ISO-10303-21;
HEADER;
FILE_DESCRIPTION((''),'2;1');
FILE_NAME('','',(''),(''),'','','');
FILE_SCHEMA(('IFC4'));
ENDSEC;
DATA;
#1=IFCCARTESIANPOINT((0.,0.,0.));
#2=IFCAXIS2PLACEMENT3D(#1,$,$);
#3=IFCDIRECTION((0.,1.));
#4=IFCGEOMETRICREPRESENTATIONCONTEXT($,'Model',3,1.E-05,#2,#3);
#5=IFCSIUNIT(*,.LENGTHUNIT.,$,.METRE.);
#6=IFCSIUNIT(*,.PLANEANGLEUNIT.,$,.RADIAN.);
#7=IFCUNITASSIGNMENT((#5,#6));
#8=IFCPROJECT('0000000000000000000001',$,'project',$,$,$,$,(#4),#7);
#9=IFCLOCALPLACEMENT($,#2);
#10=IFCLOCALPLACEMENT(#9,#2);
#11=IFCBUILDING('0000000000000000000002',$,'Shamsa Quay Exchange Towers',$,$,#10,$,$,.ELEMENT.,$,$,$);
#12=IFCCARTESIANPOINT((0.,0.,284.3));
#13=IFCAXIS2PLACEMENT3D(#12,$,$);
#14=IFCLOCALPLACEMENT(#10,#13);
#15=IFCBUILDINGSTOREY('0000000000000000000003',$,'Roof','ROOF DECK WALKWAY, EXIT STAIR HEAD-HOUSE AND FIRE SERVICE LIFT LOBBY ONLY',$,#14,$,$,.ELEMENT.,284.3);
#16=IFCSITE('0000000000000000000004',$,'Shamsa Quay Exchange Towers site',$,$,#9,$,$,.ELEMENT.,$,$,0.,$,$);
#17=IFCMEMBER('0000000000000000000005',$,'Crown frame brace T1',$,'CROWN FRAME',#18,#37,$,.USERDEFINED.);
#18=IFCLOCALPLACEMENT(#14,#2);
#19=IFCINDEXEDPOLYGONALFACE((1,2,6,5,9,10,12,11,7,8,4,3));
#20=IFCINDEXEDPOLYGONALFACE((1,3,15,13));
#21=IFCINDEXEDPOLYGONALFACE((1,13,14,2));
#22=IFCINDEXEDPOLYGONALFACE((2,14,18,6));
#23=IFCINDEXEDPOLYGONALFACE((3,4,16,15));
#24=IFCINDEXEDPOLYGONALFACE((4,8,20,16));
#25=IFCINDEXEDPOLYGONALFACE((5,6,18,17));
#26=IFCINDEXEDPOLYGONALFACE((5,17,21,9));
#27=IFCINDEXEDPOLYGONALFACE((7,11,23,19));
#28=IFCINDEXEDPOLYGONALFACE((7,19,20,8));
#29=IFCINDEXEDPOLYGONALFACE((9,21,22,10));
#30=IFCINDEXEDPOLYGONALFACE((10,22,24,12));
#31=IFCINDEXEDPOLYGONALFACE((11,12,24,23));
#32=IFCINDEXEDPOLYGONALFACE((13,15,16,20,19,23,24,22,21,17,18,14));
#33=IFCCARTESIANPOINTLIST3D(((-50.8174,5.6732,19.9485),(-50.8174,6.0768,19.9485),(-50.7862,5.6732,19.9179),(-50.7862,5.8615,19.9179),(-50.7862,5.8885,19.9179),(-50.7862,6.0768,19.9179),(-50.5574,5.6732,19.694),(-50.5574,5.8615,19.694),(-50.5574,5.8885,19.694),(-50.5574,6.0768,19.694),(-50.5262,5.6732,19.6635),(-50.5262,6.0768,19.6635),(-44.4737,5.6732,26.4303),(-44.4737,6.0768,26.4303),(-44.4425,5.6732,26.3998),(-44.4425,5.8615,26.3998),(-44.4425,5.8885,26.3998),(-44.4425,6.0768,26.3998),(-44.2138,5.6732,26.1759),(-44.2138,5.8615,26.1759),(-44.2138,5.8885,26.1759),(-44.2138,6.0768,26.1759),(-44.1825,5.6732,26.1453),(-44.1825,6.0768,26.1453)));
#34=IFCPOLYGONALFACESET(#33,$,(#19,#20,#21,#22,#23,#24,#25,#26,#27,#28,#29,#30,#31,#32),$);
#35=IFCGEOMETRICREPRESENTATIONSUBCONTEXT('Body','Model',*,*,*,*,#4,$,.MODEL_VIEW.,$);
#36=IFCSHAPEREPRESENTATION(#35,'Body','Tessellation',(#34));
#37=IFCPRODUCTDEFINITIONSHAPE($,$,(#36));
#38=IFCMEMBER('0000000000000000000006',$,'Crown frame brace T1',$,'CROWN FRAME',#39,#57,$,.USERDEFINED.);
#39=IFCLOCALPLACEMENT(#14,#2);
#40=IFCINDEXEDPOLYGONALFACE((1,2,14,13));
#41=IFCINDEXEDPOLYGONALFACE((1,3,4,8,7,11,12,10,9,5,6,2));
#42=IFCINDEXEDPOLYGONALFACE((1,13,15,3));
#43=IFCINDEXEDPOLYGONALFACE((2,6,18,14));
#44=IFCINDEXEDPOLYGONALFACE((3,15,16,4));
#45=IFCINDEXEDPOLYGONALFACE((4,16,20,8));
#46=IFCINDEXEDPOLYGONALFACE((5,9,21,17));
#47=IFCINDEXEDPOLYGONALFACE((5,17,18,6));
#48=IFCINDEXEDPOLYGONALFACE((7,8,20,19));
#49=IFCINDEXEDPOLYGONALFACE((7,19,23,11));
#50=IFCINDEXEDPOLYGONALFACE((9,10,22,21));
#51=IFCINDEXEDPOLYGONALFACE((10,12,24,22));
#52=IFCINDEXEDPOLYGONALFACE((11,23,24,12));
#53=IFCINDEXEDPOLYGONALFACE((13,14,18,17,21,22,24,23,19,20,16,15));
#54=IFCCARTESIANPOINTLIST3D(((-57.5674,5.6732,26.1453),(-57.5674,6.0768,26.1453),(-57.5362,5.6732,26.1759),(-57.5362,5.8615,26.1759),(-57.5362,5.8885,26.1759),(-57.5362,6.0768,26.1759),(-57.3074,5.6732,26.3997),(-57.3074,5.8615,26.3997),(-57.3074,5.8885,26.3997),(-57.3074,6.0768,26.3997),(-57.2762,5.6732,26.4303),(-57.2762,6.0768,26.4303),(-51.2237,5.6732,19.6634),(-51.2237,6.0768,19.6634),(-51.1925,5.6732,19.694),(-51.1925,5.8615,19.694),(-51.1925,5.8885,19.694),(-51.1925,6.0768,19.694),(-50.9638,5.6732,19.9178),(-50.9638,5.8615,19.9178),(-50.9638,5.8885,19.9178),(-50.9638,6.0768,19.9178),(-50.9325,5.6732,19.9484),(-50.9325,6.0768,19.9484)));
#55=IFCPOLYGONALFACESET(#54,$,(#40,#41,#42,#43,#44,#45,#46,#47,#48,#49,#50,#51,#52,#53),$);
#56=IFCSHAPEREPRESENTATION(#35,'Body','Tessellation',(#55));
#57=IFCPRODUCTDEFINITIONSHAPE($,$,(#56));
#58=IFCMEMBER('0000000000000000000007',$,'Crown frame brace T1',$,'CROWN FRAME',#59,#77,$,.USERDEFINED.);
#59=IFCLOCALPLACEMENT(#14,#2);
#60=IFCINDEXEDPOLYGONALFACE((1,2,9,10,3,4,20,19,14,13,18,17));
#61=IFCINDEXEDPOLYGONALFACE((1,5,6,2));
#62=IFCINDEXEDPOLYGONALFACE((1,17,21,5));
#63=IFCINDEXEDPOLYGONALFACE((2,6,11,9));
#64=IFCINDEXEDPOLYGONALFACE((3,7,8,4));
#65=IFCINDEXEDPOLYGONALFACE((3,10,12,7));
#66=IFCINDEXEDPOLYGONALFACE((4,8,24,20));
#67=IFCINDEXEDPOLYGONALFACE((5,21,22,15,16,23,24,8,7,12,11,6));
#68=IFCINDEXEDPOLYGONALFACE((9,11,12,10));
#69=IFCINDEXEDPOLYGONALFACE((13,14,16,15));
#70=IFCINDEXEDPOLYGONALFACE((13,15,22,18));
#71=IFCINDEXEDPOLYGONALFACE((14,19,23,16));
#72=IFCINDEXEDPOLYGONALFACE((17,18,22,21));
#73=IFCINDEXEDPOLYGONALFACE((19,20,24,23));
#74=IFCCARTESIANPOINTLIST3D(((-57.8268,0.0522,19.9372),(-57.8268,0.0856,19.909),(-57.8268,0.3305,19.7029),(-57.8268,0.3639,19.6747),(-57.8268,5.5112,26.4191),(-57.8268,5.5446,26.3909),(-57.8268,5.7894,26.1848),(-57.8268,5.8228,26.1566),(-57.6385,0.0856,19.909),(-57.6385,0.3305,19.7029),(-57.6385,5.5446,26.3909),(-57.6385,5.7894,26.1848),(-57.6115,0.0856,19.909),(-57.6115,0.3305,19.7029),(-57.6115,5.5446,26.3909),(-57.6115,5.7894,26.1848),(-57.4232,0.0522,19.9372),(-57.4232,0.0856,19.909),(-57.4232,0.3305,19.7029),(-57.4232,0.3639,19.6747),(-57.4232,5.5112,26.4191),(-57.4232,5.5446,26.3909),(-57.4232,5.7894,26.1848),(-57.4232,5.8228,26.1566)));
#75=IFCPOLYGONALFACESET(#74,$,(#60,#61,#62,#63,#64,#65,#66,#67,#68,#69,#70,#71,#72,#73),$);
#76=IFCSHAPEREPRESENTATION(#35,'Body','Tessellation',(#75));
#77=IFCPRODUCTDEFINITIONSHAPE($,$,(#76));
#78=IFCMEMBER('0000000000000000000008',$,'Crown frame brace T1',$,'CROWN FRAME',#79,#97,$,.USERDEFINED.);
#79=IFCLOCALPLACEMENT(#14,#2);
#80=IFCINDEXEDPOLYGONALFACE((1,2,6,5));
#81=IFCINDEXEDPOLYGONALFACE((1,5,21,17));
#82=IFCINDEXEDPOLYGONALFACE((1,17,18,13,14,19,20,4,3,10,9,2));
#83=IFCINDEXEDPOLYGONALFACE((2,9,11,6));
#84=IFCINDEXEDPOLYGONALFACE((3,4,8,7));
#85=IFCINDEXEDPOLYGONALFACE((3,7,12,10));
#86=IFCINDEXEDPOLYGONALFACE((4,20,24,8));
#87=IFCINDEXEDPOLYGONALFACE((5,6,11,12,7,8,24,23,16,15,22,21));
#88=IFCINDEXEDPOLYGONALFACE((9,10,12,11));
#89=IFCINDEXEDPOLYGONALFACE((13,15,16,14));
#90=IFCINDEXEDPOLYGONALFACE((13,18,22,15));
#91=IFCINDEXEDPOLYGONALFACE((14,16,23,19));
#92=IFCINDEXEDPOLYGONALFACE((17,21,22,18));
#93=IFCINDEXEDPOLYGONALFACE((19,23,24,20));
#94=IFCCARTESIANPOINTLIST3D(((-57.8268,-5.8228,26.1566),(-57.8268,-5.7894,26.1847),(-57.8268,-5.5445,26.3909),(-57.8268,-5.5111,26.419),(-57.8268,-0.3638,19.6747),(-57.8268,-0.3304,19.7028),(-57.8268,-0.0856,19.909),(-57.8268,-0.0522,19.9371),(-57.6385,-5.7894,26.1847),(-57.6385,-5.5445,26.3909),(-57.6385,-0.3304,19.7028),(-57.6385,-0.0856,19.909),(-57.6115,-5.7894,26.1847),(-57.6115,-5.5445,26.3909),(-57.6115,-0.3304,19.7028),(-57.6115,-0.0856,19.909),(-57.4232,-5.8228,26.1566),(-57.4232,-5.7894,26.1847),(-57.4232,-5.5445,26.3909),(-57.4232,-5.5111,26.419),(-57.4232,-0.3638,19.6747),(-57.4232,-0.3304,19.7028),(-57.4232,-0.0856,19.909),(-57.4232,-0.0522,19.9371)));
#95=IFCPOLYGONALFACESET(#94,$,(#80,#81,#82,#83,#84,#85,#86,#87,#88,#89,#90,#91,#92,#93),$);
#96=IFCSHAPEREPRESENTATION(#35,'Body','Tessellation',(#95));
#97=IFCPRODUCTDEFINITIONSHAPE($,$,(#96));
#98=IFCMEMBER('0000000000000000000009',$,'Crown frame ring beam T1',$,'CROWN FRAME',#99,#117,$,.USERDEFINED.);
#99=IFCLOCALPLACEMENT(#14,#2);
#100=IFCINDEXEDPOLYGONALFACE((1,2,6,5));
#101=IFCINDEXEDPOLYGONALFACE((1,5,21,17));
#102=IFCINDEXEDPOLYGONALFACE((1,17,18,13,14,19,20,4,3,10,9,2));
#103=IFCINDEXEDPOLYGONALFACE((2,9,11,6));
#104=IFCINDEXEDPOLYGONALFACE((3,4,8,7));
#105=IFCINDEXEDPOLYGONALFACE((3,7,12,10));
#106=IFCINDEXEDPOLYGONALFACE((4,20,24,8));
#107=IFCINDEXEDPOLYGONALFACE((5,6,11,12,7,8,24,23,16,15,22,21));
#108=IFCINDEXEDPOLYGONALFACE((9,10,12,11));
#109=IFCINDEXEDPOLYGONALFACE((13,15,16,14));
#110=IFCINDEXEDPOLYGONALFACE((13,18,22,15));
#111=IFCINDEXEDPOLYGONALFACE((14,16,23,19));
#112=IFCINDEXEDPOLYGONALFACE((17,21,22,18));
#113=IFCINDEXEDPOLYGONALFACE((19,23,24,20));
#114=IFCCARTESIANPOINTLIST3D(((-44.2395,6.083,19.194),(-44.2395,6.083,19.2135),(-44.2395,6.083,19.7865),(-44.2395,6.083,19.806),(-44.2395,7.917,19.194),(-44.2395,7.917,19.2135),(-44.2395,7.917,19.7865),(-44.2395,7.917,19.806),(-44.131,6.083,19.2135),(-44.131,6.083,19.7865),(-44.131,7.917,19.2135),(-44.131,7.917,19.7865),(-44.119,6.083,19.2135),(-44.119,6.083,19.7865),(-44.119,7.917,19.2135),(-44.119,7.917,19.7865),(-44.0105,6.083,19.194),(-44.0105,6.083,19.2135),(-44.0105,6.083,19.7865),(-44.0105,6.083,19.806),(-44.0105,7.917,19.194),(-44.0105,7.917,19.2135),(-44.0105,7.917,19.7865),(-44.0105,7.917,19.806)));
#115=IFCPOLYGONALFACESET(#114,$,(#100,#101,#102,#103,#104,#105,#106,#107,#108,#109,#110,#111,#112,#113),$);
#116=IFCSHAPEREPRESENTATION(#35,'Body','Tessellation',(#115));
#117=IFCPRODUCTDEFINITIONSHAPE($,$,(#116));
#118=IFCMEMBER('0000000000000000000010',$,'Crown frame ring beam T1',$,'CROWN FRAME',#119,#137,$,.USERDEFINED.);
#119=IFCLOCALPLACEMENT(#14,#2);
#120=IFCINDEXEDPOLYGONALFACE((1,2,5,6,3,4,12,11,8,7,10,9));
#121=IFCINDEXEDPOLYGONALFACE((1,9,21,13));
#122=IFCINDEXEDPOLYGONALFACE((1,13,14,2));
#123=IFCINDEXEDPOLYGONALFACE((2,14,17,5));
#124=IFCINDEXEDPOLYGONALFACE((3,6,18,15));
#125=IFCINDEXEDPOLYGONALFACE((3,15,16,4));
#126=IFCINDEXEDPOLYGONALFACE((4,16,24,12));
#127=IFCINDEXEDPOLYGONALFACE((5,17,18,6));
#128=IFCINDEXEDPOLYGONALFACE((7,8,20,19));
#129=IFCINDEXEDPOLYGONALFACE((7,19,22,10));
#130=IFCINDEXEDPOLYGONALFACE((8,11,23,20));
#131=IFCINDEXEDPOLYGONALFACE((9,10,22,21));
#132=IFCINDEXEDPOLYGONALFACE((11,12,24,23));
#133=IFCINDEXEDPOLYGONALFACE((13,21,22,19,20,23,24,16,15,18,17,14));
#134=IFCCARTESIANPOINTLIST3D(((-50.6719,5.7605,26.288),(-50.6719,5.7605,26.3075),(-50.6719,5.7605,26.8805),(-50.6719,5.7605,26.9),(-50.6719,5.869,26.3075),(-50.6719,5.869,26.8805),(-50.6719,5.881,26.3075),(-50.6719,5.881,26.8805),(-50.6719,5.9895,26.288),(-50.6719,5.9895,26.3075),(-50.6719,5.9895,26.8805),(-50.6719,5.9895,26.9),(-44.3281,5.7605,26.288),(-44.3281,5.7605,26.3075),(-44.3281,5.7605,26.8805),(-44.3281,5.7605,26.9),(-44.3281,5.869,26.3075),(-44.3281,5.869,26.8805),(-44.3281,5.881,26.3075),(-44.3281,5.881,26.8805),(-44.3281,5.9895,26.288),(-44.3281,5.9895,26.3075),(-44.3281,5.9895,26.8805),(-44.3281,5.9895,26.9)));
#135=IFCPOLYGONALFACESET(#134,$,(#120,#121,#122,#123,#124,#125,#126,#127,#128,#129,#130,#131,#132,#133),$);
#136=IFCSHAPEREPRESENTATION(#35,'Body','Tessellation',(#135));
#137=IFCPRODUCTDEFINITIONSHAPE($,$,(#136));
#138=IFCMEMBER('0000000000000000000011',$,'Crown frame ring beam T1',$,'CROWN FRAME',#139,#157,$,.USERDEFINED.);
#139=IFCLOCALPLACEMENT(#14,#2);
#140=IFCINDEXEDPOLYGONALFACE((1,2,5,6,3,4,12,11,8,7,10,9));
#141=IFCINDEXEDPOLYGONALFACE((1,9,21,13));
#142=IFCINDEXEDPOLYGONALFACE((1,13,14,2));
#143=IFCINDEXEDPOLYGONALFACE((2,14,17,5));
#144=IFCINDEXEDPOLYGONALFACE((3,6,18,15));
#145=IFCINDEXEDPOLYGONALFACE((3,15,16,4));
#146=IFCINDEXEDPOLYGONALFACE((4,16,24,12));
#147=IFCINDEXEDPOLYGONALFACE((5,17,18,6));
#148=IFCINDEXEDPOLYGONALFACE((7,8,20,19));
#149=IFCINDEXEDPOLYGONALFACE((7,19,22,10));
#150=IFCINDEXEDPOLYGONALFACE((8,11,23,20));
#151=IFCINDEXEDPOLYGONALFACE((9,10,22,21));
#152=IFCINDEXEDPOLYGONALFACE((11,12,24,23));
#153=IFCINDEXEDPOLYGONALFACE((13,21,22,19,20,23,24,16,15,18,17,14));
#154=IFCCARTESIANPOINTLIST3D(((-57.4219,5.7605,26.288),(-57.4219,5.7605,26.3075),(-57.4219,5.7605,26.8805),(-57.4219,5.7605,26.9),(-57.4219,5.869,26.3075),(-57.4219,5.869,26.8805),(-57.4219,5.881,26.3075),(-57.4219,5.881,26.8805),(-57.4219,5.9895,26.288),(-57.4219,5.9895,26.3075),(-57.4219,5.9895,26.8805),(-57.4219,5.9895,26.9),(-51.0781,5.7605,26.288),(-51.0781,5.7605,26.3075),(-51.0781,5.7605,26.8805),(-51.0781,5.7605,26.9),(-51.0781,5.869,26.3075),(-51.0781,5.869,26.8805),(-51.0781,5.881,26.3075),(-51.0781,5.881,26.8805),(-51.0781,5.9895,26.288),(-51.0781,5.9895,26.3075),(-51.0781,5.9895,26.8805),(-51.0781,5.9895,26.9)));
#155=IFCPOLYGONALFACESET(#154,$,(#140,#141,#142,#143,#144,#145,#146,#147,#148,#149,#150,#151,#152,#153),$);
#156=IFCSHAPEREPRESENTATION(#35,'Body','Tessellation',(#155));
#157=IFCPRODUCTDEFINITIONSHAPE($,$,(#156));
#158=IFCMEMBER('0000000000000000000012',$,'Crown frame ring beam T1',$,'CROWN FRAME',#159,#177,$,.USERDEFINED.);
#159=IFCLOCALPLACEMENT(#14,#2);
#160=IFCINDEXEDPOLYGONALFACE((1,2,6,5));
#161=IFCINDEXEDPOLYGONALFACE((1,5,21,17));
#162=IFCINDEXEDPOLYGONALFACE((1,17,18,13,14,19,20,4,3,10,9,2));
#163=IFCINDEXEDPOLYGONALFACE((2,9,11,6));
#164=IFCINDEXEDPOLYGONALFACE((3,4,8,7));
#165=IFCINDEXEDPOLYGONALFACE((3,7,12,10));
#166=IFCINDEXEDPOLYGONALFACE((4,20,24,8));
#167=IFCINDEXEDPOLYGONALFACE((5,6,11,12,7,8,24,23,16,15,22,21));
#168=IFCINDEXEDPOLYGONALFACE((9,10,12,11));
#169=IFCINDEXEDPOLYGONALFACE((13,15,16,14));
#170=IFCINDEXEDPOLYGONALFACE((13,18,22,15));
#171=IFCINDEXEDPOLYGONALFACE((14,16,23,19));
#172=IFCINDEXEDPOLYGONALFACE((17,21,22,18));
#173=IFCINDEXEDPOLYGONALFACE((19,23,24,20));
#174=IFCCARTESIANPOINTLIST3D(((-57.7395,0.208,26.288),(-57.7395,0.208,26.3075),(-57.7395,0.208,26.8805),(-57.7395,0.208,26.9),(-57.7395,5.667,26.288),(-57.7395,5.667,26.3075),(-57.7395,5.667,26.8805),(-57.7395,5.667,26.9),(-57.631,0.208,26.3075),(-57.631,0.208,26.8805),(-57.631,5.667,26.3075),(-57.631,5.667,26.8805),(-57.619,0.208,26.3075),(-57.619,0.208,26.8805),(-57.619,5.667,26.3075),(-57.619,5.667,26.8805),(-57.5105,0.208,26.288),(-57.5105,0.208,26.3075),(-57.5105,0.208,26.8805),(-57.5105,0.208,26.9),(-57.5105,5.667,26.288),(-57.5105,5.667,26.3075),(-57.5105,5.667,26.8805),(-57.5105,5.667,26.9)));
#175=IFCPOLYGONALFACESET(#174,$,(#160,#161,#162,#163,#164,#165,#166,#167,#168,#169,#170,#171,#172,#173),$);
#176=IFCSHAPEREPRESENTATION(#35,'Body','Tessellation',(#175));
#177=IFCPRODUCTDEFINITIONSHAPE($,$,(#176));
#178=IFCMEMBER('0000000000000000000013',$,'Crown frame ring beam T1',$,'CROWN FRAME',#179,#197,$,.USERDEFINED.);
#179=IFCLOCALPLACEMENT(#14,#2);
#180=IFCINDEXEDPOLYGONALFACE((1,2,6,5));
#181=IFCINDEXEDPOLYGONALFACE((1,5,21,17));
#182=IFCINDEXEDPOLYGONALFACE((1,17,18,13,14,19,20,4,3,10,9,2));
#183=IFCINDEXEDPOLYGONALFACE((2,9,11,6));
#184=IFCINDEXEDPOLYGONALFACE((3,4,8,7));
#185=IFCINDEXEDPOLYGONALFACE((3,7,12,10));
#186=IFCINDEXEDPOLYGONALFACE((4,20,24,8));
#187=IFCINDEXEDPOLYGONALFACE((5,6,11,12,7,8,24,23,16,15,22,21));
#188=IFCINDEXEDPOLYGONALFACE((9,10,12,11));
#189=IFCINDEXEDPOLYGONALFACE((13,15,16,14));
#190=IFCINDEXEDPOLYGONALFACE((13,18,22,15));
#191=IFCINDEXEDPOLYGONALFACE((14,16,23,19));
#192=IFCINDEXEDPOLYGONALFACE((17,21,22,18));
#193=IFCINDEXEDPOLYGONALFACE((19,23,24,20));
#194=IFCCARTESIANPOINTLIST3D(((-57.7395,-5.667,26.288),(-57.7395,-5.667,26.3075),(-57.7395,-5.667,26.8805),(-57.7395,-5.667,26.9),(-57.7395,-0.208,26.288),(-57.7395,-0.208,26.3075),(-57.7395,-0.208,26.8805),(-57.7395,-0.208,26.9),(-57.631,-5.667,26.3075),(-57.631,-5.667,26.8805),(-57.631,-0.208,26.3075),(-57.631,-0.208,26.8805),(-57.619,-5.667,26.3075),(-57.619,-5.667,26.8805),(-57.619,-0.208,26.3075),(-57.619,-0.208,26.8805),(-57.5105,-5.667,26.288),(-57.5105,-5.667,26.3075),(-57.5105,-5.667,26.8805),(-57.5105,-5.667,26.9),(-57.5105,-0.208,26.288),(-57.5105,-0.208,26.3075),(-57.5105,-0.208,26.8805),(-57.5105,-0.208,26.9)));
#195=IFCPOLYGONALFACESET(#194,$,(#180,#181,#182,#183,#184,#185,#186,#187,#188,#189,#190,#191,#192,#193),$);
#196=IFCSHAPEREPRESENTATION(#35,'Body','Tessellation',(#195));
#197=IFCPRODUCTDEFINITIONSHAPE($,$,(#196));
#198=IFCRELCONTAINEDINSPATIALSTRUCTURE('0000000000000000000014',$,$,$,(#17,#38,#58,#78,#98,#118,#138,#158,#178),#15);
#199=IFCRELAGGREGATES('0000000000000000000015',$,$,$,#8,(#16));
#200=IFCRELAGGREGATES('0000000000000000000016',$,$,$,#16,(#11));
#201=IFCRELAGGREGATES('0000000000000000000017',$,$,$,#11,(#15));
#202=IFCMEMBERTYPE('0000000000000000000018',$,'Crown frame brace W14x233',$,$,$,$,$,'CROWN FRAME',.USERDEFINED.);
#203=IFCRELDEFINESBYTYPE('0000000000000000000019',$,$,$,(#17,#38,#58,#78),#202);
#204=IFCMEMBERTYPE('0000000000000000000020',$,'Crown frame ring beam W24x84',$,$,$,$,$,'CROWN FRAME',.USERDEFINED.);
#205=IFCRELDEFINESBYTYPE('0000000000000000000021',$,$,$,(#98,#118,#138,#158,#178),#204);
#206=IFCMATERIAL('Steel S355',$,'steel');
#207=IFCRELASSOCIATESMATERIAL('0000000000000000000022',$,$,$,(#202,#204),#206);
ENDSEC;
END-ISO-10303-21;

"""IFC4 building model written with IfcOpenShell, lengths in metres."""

from ifc_helpers import new_model, si_unit, direction, frame, origin, origin_2d, place, context, subcontext, project, spatial, i_section, extrude, material, material_profile, profile_set, type_object, element, save


model = new_model("IFC4")

# Units and contexts
model_context = context("Model", 3, precision=1e-05, world=origin(), true_north=direction((0.0, 1.0)))
body_context = subcontext(model_context, "Body", "Model", "MODEL_VIEW")
ifc_project = project(units=[si_unit("LENGTHUNIT", "METRE"), si_unit("PLANEANGLEUNIT", "RADIAN")], contexts=[model_context])

# Site, building, storey
site_placement = place(None, origin())
site = spatial("IfcSite", under=ifc_project, at=site_placement, Name="Shamsa Quay Exchange Towers site", CompositionType="ELEMENT", RefElevation=0.0)
building_placement = place(site_placement, origin())
building = spatial("IfcBuilding", under=site, at=building_placement, Name="Shamsa Quay Exchange Towers", CompositionType="ELEMENT")
storey_placement = place(building_placement, frame((0.0, 0.0, 284.3)))
storey = spatial("IfcBuildingStorey", under=building, at=storey_placement, Name="Roof", Description="ROOF DECK WALKWAY, EXIT STAIR HEAD-HOUSE AND FIRE SERVICE LIFT LOBBY ONLY", CompositionType="ELEMENT", Elevation=284.3)

# Members
ifc_material_1 = material(Name="Steel S355", Category="steel")
ifc_material_profile_1 = material_profile(ifc_material_1, i_section(OverallWidth=0.4036, OverallDepth=0.4075, WebThickness=0.0271, FlangeThickness=0.0437, at=origin_2d()), Name="W14x233")
ifc_profile_set_1 = profile_set([ifc_material_profile_1], Name="Steel S355")
member_type_1 = type_object("IfcMemberType", Name="Crown frame brace W14x233", ElementType="CROWN FRAME", PredefinedType="USERDEFINED", material=ifc_profile_set_1)
for number, where, z_axis, x_axis, name in (
    (1, (-44.3281, 5.875, 26.2878), (-0.699448, 0.0, -0.714684), (0.0, -1.0, 0.0), "Crown frame brace T1"),
    (2, (-51.0781, 5.875, 19.8059), (-0.699448, 0.0, 0.714684), (0.0, -1.0, 0.0), "Crown frame brace T1"),
):
    element("IfcMember", number, at=place(storey_placement, frame(where, z_axis=z_axis, x_axis=x_axis)), inside=storey, type_object=member_type_1, Name=name, ObjectType="CROWN FRAME", PredefinedType="USERDEFINED", context=body_context, shape_type="SweptSolid", body=[
        extrude(i_section(OverallWidth=0.4036, OverallDepth=0.4075, WebThickness=0.0271, FlangeThickness=0.0437, at=origin_2d()), origin(), (0.0, 0.0, 1.0), 9.0696),
    ])
for number, where, z_axis, x_axis, name in (
    (3, (-57.625, 5.667, 26.2878), (0.0, -0.644171, -0.764881), (1.0, 0.0, 0.0), "Crown frame brace T1"),
    (4, (-57.625, -0.208, 19.8059), (0.0, -0.644171, 0.764881), (1.0, 0.0, 0.0), "Crown frame brace T1"),
):
    element("IfcMember", number, at=place(storey_placement, frame(where, z_axis=z_axis, x_axis=x_axis)), inside=storey, type_object=member_type_1, Name=name, ObjectType="CROWN FRAME", PredefinedType="USERDEFINED", context=body_context, shape_type="SweptSolid", body=[
        extrude(i_section(OverallWidth=0.4036, OverallDepth=0.4075, WebThickness=0.0271, FlangeThickness=0.0437, at=origin_2d()), origin(), (0.0, 0.0, 1.0), 8.4744),
    ])
ifc_material_profile_2 = material_profile(ifc_material_1, i_section(OverallWidth=0.229, OverallDepth=0.6121, WebThickness=0.012, FlangeThickness=0.0195, at=origin_2d()), Name="W24x84")
ifc_profile_set_2 = profile_set([ifc_material_profile_2], Name="Steel S355")
member_type_2 = type_object("IfcMemberType", Name="Crown frame ring beam W24x84", ElementType="CROWN FRAME", PredefinedType="USERDEFINED", material=ifc_profile_set_2)
member_placement = place(storey_placement, frame((-44.125, 7.917, 19.5), z_axis=(0.0, -1.0, 0.0), x_axis=(1.0, 0.0, 0.0)))
element("IfcMember", 5, at=member_placement, inside=storey, type_object=member_type_2, Name="Crown frame ring beam T1", ObjectType="CROWN FRAME", PredefinedType="USERDEFINED", context=body_context, shape_type="SweptSolid", body=[
    extrude(i_section(OverallWidth=0.229, OverallDepth=0.6121, WebThickness=0.012, FlangeThickness=0.0195, at=origin_2d()), origin(), (0.0, 0.0, 1.0), 1.834),
])
for number, where, z_axis, x_axis, name in (
    (6, (-44.3281, 5.875, 26.594), (-1.0, 0.0, 0.0), (0.0, -1.0, 0.0), "Crown frame ring beam T1"),
    (7, (-51.0781, 5.875, 26.594), (-1.0, 0.0, 0.0), (0.0, -1.0, 0.0), "Crown frame ring beam T1"),
):
    element("IfcMember", number, at=place(storey_placement, frame(where, z_axis=z_axis, x_axis=x_axis)), inside=storey, type_object=member_type_2, Name=name, ObjectType="CROWN FRAME", PredefinedType="USERDEFINED", context=body_context, shape_type="SweptSolid", body=[
        extrude(i_section(OverallWidth=0.229, OverallDepth=0.6121, WebThickness=0.012, FlangeThickness=0.0195, at=origin_2d()), origin(), (0.0, 0.0, 1.0), 6.3438),
    ])
for number, where, z_axis, x_axis, name in (
    (8, (-57.625, 5.667, 26.594), (0.0, -1.0, 0.0), (1.0, 0.0, 0.0), "Crown frame ring beam T1"),
    (9, (-57.625, -0.208, 26.594), (0.0, -1.0, 0.0), (1.0, 0.0, 0.0), "Crown frame ring beam T1"),
):
    element("IfcMember", number, at=place(storey_placement, frame(where, z_axis=z_axis, x_axis=x_axis)), inside=storey, type_object=member_type_2, Name=name, ObjectType="CROWN FRAME", PredefinedType="USERDEFINED", context=body_context, shape_type="SweptSolid", body=[
        extrude(i_section(OverallWidth=0.229, OverallDepth=0.6121, WebThickness=0.012, FlangeThickness=0.0195, at=origin_2d()), origin(), (0.0, 0.0, 1.0), 5.459),
    ])

save(model, "model.ifc")
